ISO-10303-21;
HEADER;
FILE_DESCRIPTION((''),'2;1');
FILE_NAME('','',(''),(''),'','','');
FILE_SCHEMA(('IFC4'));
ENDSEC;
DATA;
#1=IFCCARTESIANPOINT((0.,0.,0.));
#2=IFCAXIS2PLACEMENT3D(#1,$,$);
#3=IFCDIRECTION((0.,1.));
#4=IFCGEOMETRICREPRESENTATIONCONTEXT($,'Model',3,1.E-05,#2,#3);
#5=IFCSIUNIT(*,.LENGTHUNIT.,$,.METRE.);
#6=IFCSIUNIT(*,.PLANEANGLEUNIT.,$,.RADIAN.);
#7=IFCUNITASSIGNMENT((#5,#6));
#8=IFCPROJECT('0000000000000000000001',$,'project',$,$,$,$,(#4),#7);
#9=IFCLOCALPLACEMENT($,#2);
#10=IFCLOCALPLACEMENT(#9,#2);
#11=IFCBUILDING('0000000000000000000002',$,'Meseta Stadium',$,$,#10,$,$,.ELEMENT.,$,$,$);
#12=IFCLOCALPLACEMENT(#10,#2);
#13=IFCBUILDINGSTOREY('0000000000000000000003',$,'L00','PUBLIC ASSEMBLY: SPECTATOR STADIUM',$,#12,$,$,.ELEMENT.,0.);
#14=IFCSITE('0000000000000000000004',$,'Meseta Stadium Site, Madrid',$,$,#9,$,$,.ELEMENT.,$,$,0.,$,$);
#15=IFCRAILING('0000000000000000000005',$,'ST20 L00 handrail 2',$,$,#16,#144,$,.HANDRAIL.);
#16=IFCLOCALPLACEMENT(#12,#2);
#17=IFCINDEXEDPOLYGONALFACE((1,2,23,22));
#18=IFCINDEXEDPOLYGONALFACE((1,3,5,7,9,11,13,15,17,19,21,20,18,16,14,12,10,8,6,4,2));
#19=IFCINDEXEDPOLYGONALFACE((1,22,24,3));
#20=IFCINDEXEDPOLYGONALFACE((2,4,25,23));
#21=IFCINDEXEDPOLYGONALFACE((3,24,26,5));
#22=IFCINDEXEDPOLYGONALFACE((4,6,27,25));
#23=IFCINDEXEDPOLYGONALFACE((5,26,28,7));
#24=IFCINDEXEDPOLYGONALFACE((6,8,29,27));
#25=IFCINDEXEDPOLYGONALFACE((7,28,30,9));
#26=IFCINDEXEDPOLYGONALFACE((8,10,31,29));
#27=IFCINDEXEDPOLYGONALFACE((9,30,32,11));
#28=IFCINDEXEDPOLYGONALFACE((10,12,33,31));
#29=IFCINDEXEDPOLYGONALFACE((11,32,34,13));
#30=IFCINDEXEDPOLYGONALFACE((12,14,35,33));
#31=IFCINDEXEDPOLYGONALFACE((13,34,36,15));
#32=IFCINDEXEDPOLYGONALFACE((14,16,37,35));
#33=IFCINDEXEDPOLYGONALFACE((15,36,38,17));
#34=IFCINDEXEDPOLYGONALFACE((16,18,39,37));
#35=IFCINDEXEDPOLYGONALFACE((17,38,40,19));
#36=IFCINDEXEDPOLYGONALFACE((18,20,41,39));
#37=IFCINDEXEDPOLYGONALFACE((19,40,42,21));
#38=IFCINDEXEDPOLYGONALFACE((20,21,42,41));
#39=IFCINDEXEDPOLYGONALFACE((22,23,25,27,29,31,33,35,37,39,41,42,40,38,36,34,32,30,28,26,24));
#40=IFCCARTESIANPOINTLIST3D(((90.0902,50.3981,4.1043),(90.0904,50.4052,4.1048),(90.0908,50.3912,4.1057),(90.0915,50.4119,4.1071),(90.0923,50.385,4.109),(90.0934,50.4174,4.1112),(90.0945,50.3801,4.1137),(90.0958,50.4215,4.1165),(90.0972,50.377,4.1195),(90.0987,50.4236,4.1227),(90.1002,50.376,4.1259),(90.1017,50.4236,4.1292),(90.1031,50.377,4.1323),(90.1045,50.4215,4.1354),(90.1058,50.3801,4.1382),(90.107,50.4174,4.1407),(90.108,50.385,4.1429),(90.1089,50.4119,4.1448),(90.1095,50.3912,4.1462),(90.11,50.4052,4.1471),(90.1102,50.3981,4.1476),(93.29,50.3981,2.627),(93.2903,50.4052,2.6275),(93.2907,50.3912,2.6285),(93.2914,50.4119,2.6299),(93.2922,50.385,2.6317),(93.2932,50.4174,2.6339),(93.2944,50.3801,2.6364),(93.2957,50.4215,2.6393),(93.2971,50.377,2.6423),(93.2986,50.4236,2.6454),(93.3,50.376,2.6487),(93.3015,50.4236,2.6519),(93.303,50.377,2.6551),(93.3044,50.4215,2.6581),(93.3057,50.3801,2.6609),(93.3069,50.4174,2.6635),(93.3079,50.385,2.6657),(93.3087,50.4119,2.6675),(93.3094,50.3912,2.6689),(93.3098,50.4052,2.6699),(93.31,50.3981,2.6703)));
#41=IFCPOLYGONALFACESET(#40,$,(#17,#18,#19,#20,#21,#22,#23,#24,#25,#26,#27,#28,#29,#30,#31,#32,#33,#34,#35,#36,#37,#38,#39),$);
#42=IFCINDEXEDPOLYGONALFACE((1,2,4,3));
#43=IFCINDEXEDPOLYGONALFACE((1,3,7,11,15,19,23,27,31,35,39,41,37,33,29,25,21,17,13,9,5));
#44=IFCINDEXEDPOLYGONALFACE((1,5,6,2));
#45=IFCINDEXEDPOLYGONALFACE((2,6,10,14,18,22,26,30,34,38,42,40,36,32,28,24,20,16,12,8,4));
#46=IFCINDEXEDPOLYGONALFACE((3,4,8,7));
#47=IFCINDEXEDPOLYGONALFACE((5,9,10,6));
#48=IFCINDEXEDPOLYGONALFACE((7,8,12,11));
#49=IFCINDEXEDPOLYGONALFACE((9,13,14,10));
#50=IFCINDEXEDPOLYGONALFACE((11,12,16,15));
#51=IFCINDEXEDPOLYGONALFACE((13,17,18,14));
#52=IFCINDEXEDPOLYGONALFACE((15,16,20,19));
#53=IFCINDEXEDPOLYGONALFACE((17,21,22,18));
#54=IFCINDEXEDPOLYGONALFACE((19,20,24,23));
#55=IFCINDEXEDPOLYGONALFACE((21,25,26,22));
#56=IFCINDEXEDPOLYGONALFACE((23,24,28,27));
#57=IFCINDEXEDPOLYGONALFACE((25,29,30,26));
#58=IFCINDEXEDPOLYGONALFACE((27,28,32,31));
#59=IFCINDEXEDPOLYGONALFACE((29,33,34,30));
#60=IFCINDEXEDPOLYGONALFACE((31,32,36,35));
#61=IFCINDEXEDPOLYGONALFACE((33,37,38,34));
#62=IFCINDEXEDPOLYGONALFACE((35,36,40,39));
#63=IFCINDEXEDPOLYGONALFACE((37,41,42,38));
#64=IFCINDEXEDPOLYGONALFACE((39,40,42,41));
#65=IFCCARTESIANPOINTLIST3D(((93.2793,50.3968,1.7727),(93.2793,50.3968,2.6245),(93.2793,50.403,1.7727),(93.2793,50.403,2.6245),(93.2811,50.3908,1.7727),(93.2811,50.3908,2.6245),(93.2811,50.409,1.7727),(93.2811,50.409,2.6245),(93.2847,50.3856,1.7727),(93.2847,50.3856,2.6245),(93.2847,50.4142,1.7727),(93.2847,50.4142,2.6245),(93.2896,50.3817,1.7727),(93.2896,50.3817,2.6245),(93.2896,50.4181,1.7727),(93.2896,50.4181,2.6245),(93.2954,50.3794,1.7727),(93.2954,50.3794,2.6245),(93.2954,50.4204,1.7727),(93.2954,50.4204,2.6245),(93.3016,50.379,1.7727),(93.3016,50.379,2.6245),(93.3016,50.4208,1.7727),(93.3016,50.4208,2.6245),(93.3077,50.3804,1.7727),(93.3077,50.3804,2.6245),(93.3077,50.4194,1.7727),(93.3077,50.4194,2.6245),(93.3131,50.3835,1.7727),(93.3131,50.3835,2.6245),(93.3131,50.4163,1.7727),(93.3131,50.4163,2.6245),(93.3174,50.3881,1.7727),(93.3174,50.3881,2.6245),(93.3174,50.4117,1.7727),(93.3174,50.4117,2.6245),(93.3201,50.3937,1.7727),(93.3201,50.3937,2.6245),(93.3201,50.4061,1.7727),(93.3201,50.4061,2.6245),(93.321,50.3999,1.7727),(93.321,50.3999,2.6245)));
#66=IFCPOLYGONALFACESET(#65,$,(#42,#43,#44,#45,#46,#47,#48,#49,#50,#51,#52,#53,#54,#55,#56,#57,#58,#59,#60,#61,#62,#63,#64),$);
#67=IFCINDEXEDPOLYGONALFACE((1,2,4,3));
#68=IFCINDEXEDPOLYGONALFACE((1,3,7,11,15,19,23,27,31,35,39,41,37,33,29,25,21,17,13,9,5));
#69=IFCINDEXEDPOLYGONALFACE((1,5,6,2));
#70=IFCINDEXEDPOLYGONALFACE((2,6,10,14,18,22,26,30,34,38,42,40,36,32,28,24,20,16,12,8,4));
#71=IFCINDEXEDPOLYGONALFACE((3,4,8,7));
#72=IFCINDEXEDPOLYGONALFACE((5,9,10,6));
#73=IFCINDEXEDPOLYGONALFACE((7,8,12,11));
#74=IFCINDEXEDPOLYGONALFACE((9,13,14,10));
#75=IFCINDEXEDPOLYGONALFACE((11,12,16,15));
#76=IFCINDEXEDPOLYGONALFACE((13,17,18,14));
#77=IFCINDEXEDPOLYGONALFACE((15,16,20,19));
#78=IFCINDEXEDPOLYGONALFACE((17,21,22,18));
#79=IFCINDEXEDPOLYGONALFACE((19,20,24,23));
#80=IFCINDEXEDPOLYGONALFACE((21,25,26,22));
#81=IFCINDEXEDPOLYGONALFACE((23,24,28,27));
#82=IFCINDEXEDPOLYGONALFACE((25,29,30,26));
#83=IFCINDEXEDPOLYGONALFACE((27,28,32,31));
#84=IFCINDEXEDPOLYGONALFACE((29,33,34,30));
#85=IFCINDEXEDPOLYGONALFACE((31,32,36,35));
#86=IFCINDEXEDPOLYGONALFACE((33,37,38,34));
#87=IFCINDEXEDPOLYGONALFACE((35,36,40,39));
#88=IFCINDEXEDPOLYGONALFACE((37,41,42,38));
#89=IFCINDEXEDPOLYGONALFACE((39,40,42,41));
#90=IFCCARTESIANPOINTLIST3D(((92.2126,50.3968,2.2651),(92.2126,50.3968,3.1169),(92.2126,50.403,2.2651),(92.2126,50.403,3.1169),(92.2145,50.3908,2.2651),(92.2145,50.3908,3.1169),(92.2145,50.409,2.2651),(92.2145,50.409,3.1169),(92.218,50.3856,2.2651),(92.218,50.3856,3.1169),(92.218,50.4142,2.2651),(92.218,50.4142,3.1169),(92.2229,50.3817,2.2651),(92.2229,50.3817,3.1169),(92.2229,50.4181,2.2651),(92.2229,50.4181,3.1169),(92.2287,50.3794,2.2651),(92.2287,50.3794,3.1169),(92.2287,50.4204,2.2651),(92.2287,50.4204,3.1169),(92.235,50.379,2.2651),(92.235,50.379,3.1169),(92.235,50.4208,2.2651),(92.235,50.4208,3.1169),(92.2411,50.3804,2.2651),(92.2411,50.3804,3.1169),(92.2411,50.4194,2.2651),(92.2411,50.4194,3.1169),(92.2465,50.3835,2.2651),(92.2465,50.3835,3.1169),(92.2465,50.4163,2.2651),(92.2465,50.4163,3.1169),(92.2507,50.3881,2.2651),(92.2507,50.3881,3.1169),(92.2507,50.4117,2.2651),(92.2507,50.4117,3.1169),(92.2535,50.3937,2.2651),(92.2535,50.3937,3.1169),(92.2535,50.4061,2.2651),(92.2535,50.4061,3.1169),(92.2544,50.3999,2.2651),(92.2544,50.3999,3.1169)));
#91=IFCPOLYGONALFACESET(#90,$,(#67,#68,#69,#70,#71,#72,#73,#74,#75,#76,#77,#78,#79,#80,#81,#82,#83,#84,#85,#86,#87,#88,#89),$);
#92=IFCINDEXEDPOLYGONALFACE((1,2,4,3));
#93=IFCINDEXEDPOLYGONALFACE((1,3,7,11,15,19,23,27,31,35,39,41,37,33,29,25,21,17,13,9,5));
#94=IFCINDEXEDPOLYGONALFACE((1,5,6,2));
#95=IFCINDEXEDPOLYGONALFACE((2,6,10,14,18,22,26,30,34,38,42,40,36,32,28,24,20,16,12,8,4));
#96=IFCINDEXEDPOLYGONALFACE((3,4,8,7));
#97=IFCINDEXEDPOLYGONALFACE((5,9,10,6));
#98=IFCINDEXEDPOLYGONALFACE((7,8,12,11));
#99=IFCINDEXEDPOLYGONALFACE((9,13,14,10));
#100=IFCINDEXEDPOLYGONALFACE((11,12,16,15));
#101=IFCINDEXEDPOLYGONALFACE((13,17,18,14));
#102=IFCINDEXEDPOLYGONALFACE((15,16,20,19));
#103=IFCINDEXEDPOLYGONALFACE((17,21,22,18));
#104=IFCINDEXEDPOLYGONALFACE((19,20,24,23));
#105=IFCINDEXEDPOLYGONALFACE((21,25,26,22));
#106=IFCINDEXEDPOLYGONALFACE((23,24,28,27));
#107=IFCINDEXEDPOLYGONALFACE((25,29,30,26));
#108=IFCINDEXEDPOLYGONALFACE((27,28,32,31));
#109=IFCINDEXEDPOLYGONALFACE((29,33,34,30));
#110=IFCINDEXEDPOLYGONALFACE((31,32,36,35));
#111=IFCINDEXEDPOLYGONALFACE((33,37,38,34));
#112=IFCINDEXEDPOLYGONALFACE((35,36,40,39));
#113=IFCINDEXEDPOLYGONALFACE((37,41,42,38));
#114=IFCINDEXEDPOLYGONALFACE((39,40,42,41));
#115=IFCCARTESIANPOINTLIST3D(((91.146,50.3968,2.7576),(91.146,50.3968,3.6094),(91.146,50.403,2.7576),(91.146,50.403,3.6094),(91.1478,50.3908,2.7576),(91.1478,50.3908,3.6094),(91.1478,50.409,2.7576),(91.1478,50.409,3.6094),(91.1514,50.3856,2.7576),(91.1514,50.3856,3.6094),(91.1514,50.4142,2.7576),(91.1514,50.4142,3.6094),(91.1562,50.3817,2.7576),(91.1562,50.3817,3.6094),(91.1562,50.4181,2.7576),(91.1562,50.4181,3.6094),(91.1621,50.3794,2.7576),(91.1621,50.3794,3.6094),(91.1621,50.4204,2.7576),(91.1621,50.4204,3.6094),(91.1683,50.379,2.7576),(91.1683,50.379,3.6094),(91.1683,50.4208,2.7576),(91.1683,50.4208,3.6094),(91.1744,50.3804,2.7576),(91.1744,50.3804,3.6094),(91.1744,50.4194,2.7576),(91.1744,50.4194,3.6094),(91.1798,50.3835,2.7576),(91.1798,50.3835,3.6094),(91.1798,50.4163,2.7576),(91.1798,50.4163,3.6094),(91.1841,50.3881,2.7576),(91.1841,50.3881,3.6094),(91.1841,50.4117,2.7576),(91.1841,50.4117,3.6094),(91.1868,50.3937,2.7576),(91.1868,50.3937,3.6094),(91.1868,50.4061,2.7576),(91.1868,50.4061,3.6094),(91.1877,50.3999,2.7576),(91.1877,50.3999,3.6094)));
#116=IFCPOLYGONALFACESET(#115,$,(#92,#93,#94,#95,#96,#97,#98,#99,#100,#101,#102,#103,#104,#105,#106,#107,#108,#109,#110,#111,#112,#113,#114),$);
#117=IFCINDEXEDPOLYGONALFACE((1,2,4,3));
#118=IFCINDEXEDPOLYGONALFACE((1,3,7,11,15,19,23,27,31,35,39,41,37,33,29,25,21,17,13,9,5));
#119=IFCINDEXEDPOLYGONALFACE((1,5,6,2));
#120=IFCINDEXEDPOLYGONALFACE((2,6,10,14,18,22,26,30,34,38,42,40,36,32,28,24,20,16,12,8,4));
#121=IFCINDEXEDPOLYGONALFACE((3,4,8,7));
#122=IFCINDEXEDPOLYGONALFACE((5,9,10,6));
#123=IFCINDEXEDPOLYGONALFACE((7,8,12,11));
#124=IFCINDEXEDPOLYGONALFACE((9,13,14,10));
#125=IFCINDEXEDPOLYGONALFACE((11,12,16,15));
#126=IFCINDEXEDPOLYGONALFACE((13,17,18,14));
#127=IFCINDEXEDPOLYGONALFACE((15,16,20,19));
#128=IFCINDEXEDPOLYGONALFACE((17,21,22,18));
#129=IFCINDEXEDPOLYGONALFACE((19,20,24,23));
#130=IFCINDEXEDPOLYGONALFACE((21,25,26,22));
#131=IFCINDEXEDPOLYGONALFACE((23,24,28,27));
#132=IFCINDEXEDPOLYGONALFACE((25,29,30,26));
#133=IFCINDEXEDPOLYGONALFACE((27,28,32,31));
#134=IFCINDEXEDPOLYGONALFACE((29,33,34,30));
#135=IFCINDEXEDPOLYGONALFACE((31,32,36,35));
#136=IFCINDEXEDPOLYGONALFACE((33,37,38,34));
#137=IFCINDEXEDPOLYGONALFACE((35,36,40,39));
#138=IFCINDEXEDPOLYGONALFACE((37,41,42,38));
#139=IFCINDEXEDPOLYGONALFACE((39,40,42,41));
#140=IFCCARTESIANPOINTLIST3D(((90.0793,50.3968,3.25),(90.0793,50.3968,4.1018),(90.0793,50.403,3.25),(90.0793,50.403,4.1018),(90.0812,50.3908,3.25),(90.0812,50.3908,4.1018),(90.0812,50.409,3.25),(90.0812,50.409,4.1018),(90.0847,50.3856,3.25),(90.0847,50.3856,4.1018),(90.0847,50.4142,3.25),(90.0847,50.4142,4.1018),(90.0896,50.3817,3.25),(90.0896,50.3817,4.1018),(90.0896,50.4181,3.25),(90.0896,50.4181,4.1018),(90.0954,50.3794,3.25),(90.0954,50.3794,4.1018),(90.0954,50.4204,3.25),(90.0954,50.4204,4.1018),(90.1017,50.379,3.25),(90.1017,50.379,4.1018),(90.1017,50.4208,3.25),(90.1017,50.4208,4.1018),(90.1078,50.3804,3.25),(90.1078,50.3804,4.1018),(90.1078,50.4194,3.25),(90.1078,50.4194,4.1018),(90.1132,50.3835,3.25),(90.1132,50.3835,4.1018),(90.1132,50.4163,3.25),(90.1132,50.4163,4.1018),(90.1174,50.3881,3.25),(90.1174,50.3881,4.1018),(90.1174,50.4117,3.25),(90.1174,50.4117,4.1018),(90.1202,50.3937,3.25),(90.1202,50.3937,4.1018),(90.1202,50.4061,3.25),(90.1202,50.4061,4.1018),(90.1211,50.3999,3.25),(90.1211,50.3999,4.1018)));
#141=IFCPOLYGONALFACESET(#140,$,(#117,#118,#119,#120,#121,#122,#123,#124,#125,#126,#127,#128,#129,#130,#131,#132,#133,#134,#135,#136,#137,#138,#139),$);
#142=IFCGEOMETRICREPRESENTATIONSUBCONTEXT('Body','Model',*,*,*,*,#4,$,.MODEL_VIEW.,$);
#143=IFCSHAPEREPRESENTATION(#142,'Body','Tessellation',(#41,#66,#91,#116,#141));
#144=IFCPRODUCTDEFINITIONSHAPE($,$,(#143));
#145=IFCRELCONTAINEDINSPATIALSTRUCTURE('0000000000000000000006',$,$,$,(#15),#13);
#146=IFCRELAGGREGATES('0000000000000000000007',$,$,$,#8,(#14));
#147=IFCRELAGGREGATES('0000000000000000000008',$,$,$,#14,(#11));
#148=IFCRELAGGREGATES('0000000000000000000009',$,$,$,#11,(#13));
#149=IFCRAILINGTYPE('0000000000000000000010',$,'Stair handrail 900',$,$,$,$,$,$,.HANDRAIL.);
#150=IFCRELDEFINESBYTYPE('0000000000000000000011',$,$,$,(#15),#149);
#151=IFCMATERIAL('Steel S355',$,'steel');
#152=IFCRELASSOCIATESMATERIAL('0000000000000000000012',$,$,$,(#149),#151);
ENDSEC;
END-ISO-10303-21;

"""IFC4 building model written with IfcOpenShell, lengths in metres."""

from ifc_helpers import new_model, si_unit, direction, frame, origin, origin_2d, place, context, subcontext, project, spatial, circle, extrude, material, type_object, element, save


model = new_model("IFC4")

# Units and contexts
model_context = context("Model", 3, precision=1e-05, world=origin(), true_north=direction((0.0, 1.0)))
body_context = subcontext(model_context, "Body", "Model", "MODEL_VIEW")
ifc_project = project(units=[si_unit("LENGTHUNIT", "METRE"), si_unit("PLANEANGLEUNIT", "RADIAN")], contexts=[model_context])

# Site, building, storey
site_placement = place(None, origin())
site = spatial("IfcSite", under=ifc_project, at=site_placement, Name="Meseta Stadium Site, Madrid", CompositionType="ELEMENT", RefElevation=0.0)
building_placement = place(site_placement, origin())
building = spatial("IfcBuilding", under=site, at=building_placement, Name="Meseta Stadium", CompositionType="ELEMENT")
storey_placement = place(building_placement, origin())
storey = spatial("IfcBuildingStorey", under=building, at=storey_placement, Name="L00", Description="PUBLIC ASSEMBLY: SPECTATOR STADIUM", CompositionType="ELEMENT", Elevation=0.0)

# Railing
ifc_material_1 = material(Name="Steel S355", Category="steel")
railing_type_1 = type_object("IfcRailingType", Name="Stair handrail 900", PredefinedType="HANDRAIL", material=ifc_material_1)
railing_1_placement = place(storey_placement, frame((93.3, 50.3999, 1.7727)))
element("IfcRailing", 1, at=railing_1_placement, inside=storey, type_object=railing_type_1, Name="ST20 L00 handrail 2", PredefinedType="HANDRAIL", context=body_context, shape_type="SweptSolid", body=[
    extrude(circle(Radius=0.0239, at=origin_2d()), frame((0.0, 0.0, 0.876), z_axis=(-0.907917, 0.0, 0.41915), x_axis=(0.0, -1.0, 0.0)), (0.0, 0.0, 1.0), 3.5244),
    extrude(circle(Radius=0.021, at=origin_2d()), origin(), (0.0, 0.0, 1.0), 0.8518),
    extrude(circle(Radius=0.021, at=origin_2d()), frame((-1.0667, 0.0, 0.4924)), (0.0, 0.0, 1.0), 0.8518),
    extrude(circle(Radius=0.021, at=origin_2d()), frame((-2.1333, 0.0, 0.9849)), (0.0, 0.0, 1.0), 0.8518),
    extrude(circle(Radius=0.021, at=origin_2d()), frame((-3.2, 0.0, 1.4773)), (0.0, 0.0, 1.0), 0.8518),
])

save(model, "model.ifc")
